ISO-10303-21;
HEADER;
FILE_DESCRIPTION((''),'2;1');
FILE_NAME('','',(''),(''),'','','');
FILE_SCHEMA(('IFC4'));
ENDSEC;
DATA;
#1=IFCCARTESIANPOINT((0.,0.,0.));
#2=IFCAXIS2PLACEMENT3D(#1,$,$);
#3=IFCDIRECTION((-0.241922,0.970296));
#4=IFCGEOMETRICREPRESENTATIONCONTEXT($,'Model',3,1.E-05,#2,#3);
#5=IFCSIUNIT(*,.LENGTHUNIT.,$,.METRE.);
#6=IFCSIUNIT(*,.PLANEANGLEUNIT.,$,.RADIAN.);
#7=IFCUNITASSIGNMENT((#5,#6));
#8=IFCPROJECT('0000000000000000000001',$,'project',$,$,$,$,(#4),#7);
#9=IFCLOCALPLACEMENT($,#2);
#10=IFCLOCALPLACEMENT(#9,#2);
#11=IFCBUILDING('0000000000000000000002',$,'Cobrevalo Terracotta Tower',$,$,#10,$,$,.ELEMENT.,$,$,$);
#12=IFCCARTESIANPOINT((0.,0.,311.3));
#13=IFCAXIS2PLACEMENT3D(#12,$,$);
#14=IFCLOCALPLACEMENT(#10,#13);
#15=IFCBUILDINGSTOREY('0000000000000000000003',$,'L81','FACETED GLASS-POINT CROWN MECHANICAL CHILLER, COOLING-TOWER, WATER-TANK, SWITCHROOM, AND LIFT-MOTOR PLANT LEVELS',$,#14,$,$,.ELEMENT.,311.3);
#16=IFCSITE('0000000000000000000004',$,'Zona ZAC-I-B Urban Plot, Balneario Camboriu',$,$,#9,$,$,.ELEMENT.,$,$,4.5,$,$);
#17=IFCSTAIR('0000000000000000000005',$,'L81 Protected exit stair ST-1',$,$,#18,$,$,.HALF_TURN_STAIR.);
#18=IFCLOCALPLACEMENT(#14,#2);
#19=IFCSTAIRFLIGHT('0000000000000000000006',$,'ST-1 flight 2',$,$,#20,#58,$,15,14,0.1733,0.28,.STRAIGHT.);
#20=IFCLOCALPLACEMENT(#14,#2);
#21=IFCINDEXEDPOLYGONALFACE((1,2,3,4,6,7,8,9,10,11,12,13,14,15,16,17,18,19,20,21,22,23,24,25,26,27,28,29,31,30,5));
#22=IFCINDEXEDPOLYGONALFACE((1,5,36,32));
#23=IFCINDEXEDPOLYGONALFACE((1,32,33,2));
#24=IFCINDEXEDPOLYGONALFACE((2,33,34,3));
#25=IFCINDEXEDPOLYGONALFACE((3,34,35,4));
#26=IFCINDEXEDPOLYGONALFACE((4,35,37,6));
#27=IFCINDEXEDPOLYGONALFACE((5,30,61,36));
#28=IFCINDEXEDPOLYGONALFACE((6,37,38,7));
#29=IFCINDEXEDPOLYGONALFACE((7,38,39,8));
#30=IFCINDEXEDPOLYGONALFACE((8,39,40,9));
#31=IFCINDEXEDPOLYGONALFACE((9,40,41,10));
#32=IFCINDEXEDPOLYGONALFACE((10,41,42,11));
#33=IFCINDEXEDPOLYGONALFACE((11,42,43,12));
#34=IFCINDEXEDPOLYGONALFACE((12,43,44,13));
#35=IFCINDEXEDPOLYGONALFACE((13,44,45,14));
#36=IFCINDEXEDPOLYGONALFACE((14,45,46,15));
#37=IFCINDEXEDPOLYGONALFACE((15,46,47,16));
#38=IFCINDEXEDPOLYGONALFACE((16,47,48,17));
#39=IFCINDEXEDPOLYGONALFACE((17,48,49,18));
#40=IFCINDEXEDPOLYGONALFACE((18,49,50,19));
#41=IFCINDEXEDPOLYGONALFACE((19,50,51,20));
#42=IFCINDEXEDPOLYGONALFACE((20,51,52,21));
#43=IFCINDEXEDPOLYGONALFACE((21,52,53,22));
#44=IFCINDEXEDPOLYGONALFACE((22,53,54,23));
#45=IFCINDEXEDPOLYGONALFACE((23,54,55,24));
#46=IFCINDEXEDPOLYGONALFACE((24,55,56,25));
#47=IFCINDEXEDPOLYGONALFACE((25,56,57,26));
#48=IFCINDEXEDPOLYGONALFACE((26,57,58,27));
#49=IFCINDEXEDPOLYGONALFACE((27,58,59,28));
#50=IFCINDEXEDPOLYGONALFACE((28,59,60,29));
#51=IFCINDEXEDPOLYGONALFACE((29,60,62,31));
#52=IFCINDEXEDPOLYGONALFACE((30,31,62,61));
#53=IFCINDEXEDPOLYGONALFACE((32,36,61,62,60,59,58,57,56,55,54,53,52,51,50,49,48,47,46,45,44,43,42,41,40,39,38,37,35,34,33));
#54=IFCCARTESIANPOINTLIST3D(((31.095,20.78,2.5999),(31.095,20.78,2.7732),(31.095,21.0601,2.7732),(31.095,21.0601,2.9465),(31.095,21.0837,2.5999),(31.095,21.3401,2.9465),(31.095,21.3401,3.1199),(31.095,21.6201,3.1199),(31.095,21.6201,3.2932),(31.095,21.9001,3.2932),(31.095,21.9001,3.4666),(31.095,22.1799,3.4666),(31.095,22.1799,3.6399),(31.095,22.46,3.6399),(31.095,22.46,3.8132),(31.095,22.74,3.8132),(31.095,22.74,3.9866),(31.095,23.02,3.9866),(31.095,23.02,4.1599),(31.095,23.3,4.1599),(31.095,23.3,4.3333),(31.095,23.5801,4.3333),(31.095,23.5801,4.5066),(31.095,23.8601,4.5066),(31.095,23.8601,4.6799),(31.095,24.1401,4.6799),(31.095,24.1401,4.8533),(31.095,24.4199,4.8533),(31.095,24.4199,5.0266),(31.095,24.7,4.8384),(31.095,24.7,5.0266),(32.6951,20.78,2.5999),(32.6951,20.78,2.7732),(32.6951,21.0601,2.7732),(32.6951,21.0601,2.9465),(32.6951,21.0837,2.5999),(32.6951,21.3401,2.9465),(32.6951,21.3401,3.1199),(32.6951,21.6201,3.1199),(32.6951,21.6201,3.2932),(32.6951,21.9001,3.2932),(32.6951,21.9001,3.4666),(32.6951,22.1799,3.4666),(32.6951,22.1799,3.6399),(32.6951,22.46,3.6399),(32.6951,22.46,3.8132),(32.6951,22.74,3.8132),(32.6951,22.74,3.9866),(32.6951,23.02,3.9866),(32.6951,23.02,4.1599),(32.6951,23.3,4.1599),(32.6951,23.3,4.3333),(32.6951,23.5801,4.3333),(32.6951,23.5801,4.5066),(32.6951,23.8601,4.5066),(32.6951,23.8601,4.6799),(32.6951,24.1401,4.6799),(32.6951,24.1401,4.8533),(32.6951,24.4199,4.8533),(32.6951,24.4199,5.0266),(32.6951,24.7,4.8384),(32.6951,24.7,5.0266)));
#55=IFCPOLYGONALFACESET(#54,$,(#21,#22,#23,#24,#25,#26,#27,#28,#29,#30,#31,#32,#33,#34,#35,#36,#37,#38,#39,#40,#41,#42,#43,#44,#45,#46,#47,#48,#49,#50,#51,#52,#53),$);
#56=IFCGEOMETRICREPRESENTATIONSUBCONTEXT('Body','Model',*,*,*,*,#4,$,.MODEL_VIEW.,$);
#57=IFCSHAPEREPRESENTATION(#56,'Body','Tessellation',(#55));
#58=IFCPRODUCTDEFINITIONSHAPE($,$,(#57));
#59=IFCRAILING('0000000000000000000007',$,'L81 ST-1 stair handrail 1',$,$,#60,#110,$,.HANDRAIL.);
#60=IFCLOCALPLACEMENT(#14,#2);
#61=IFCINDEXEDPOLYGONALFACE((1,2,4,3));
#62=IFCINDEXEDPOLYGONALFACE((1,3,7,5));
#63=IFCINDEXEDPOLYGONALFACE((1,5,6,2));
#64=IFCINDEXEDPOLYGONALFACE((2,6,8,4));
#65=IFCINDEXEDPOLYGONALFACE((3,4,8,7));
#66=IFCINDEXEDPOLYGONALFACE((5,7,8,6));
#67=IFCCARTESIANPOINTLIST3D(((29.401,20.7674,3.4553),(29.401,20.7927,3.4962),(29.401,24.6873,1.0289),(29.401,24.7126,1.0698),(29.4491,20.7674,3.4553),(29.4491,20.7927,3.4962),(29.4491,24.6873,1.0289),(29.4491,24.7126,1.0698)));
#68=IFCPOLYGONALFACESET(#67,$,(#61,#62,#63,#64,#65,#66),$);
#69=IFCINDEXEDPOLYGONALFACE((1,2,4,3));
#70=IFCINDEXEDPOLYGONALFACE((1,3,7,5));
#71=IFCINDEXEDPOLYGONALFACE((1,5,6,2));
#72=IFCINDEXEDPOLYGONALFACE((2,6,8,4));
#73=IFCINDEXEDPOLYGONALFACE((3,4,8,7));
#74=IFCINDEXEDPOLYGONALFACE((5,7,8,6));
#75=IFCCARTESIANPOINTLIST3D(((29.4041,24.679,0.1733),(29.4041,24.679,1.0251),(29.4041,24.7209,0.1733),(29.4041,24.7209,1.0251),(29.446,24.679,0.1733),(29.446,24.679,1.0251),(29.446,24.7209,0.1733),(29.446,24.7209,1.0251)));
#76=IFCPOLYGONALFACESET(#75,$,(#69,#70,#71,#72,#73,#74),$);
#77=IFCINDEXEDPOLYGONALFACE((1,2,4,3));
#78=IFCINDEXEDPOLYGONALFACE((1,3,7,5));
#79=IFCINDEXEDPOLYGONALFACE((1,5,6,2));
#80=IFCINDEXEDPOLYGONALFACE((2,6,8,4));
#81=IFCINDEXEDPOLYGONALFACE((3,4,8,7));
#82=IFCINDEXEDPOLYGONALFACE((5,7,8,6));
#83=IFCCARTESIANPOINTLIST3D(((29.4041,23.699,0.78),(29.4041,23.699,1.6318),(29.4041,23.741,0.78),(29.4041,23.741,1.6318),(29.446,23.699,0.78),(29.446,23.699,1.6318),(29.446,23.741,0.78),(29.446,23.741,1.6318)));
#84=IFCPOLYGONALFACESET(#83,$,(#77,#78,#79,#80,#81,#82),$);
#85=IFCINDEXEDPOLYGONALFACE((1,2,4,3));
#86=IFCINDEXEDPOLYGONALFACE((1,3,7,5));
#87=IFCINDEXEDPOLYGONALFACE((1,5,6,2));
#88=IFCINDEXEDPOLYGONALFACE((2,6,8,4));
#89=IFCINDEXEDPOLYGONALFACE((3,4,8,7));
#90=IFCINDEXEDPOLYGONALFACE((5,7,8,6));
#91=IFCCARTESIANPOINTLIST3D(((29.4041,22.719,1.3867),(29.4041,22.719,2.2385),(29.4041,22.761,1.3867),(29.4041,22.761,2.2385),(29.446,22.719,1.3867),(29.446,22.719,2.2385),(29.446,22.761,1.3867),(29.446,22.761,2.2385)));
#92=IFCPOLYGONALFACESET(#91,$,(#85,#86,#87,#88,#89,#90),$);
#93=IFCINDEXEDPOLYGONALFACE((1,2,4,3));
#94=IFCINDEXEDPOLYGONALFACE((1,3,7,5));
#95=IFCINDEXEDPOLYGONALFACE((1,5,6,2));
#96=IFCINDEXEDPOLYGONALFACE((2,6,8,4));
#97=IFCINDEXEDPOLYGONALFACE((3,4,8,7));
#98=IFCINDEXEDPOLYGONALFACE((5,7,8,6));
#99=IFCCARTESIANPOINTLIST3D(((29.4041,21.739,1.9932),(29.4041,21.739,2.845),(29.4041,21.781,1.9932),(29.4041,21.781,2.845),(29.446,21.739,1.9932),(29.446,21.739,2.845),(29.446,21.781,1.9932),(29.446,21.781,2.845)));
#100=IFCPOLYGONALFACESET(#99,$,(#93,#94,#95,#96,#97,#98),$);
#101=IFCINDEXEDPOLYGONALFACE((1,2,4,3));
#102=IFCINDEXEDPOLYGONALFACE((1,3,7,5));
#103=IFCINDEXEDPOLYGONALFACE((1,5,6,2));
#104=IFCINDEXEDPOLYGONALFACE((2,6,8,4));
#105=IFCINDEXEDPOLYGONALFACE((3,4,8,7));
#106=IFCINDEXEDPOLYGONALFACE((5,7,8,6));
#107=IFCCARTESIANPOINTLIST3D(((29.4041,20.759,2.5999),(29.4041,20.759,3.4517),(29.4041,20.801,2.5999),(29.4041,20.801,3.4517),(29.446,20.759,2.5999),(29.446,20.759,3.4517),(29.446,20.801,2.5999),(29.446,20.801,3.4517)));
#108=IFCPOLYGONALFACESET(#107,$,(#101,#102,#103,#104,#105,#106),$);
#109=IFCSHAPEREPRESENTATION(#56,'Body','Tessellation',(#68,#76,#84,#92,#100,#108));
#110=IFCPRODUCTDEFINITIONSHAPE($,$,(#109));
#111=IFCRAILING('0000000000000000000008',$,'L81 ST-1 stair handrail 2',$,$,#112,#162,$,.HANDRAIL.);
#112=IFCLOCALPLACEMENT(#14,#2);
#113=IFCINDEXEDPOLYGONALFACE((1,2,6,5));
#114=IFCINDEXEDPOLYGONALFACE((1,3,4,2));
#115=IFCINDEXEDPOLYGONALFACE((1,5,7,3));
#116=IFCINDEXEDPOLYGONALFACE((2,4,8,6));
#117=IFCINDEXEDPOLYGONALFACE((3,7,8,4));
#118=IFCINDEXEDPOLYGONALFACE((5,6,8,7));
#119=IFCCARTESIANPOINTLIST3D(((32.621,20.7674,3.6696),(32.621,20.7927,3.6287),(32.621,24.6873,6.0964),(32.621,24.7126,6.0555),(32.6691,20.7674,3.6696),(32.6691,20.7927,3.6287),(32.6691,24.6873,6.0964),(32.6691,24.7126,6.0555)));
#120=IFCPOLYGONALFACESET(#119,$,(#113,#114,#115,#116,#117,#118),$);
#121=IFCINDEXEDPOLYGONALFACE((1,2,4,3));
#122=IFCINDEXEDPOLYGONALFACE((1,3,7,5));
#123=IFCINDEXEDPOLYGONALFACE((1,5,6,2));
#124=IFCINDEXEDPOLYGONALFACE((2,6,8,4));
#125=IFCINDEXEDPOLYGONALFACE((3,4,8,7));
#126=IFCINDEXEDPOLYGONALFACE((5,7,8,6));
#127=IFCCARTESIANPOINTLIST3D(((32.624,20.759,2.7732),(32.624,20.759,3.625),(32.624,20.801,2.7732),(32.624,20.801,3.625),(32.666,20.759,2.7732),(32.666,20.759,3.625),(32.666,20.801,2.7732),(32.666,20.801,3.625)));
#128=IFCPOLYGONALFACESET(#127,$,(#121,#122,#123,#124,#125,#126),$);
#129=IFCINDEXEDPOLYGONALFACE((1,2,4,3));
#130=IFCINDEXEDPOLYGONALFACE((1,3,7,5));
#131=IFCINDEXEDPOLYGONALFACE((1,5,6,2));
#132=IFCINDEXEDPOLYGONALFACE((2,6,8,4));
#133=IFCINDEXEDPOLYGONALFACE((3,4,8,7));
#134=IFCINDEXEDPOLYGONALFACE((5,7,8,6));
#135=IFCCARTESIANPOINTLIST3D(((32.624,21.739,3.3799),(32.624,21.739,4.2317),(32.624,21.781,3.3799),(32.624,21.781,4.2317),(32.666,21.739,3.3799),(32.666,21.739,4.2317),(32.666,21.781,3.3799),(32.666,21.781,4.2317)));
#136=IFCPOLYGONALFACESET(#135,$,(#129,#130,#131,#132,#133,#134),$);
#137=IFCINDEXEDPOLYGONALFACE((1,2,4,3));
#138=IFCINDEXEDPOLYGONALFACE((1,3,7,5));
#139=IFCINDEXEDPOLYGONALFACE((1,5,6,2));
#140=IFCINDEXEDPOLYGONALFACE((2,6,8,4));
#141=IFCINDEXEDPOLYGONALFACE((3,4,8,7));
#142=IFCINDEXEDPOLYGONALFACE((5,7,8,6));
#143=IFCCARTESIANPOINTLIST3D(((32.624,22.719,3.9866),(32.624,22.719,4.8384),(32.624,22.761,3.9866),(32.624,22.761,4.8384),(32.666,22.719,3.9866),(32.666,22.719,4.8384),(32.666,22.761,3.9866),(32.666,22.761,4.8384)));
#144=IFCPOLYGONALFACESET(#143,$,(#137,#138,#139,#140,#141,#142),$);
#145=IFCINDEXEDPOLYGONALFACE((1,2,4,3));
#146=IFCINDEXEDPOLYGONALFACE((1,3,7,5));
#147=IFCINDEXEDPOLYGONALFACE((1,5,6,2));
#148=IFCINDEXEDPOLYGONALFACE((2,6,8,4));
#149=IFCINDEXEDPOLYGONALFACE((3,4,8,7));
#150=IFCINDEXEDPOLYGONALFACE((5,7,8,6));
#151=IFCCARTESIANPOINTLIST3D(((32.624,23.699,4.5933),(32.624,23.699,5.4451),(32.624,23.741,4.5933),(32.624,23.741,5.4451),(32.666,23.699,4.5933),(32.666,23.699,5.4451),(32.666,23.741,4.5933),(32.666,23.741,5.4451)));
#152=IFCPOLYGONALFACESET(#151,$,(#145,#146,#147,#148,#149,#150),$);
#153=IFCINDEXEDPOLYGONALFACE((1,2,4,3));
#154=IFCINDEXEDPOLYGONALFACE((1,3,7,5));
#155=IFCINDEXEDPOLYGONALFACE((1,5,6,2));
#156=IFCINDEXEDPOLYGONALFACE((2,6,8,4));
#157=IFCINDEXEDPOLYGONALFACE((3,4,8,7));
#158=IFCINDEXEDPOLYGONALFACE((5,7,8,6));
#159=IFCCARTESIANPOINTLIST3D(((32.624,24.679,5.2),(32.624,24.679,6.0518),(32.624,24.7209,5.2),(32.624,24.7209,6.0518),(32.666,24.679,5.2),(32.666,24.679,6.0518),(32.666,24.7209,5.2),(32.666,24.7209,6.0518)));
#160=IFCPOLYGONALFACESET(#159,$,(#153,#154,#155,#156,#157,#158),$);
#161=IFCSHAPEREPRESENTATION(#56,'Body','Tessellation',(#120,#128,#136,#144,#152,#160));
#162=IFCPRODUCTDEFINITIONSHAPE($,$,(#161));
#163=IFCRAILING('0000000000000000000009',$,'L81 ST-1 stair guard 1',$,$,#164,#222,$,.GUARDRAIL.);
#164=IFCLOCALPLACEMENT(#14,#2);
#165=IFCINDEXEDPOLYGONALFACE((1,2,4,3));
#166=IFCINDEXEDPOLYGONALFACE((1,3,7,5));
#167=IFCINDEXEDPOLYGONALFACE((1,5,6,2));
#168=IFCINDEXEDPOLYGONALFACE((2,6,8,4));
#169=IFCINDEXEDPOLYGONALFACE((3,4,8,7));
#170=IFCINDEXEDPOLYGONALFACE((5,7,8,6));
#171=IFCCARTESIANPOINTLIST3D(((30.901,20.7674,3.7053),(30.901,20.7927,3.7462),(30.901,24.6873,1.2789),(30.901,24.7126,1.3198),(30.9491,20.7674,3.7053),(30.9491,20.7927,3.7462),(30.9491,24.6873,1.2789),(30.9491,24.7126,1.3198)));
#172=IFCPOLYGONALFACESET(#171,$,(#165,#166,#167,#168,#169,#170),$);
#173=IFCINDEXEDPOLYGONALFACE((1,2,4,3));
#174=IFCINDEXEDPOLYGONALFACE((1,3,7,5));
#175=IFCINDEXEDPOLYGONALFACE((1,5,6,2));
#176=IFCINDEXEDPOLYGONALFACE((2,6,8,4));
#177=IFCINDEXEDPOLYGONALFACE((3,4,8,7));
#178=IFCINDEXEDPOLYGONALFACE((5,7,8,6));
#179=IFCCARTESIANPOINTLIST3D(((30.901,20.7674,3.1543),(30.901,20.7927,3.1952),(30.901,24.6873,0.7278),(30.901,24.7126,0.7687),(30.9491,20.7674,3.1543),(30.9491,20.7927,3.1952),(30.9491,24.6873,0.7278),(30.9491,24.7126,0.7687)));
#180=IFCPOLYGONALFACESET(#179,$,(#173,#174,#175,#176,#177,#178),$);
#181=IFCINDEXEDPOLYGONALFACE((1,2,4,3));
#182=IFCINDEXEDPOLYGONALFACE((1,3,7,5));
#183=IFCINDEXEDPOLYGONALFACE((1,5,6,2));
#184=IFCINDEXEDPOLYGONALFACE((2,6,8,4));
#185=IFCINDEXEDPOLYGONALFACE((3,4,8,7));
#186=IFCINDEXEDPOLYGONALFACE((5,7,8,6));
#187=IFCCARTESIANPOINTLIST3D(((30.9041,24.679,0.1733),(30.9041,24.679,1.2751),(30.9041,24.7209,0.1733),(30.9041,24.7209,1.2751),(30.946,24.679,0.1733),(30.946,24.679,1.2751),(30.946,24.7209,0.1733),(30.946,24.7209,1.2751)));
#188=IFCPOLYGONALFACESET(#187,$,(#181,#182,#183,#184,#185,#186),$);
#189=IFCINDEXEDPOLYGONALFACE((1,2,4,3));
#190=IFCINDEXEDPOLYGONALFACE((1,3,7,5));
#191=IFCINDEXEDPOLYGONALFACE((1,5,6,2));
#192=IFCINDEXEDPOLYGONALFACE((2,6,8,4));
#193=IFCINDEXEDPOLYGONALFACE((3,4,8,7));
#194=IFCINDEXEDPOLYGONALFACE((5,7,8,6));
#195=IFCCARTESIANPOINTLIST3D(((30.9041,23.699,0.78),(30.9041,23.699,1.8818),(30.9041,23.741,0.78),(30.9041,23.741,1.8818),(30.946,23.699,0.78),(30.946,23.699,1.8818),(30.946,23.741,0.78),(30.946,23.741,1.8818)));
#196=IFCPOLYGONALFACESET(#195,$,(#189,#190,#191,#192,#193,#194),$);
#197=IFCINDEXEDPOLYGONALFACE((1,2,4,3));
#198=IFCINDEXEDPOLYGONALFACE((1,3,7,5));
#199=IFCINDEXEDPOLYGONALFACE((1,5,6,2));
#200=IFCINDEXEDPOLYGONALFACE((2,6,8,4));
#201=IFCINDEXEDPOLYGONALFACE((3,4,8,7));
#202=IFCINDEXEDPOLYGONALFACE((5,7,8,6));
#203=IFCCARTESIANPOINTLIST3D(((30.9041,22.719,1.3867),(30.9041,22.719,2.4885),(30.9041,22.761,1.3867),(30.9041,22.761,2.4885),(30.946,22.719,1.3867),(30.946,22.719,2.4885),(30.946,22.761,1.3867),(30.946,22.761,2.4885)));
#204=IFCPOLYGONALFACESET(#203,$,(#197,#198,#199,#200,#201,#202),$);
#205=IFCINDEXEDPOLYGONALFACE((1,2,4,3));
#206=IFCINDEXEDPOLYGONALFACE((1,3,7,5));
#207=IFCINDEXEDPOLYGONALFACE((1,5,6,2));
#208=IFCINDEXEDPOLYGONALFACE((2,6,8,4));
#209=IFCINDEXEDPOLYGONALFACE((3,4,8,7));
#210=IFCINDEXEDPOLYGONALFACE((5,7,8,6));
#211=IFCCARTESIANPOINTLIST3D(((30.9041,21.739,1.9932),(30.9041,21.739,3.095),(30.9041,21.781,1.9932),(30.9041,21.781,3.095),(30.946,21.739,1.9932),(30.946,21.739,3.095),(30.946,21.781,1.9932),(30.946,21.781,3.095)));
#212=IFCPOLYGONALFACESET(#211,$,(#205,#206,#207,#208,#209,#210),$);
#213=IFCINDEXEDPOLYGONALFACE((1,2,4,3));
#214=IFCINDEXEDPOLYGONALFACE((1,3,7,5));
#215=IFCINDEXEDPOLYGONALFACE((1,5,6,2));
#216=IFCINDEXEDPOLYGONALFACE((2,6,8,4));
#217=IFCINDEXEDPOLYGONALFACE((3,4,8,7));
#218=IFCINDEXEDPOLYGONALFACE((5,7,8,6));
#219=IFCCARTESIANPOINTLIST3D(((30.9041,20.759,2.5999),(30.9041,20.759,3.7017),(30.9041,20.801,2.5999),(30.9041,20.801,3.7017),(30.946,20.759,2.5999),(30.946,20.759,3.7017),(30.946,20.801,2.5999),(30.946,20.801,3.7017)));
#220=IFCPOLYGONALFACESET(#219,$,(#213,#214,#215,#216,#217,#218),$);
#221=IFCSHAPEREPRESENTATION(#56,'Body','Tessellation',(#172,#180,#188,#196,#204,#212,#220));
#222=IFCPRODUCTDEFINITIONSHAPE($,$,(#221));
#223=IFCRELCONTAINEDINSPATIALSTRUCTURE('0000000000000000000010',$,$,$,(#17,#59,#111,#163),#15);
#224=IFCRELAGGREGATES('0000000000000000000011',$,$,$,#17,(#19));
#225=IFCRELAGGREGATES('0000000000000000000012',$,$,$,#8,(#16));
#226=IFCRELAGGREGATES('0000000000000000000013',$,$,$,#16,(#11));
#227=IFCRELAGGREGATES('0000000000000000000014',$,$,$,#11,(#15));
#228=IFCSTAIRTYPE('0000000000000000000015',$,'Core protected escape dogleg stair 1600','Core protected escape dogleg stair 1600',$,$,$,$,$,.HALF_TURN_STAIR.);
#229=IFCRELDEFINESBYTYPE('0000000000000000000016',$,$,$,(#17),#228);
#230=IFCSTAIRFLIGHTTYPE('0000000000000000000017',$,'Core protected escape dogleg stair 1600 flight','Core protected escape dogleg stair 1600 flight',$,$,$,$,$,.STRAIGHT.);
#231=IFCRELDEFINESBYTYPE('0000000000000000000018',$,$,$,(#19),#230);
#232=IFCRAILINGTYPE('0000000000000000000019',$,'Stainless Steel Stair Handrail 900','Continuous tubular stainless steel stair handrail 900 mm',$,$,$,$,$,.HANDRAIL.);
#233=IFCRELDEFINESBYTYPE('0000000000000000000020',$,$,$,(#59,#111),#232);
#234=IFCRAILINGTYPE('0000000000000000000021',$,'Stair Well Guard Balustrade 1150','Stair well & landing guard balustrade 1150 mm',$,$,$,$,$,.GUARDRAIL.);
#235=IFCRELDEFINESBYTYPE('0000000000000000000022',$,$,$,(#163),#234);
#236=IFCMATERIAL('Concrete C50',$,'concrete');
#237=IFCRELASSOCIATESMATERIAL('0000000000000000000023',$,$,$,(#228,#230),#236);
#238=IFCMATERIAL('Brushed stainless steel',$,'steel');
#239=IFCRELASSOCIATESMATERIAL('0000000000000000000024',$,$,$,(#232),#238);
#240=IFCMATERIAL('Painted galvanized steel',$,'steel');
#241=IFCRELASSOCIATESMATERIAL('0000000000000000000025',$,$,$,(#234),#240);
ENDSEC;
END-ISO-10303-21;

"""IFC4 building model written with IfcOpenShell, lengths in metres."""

from ifc_helpers import new_model, si_unit, direction, frame, origin, origin_2d, place, context, subcontext, project, spatial, polyline, rectangle, outline, extrude, material, type_object, element, aggregate, save


model = new_model("IFC4")

# Units and contexts
model_context = context("Model", 3, precision=1e-05, world=origin(), true_north=direction((-0.241922, 0.970296)))
body_context = subcontext(model_context, "Body", "Model", "MODEL_VIEW")
ifc_project = project(units=[si_unit("LENGTHUNIT", "METRE"), si_unit("PLANEANGLEUNIT", "RADIAN")], contexts=[model_context])

# Site, building, storey
site_placement = place(None, origin())
site = spatial("IfcSite", under=ifc_project, at=site_placement, Name="Zona ZAC-I-B Urban Plot, Balneario Camboriu", CompositionType="ELEMENT", RefElevation=4.5)
building_placement = place(site_placement, origin())
building = spatial("IfcBuilding", under=site, at=building_placement, Name="Cobrevalo Terracotta Tower", CompositionType="ELEMENT")
storey_placement = place(building_placement, frame((0.0, 0.0, 311.3)))
storey = spatial("IfcBuildingStorey", under=building, at=storey_placement, Name="L81", Description="FACETED GLASS-POINT CROWN MECHANICAL CHILLER, COOLING-TOWER, WATER-TANK, SWITCHROOM, AND LIFT-MOTOR PLANT LEVELS", CompositionType="ELEMENT", Elevation=311.3)

# Shared definitions
ifc_material_1 = material(Name="Concrete C50", Category="concrete")

# Stair, stair flight
stair_type = type_object("IfcStairType", Name="Core protected escape dogleg stair 1600", Description="Core protected escape dogleg stair 1600", PredefinedType="HALF_TURN_STAIR", material=ifc_material_1)
stair_placement = place(storey_placement, origin())
stair = element("IfcStair", 1, at=stair_placement, inside=storey, type_object=stair_type, Name="L81 Protected exit stair ST-1", PredefinedType="HALF_TURN_STAIR")
stair_flight_type = type_object("IfcStairFlightType", Name="Core protected escape dogleg stair 1600 flight", Description="Core protected escape dogleg stair 1600 flight", PredefinedType="STRAIGHT", material=ifc_material_1)
stair_flight_1_placement = place(storey_placement, frame((31.895, 20.78, 2.5999), z_axis=(0.0, 0.0, 1.0), x_axis=(0.0, 1.0, 0.0)))
stair_flight_1 = element("IfcStairFlight", 2, at=stair_flight_1_placement, type_object=stair_flight_type, Name="ST-1 flight 2", NumberOfRisers=15, NumberOfTreads=14, PredefinedType="STRAIGHT", RiserHeight=0.1733, TreadLength=0.28, context=body_context, shape_type="SweptSolid", body=[
    extrude(outline(polyline([(0.0, 0.0), (0.0, 0.1733), (0.28, 0.1733), (0.28, 0.3467), (0.5601, 0.3467), (0.5601, 0.52), (0.8401, 0.52), (0.8401, 0.6934), (1.1201, 0.6934), (1.1201, 0.8667), (1.3999, 0.8667), (1.3999, 1.04), (1.6799, 1.04), (1.6799, 1.2134), (1.96, 1.2134), (1.96, 1.3867), (2.24, 1.3867), (2.24, 1.5601), (2.52, 1.5601), (2.52, 1.7334), (2.8, 1.7334), (2.8, 1.9067), (3.0801, 1.9067), (3.0801, 2.0801), (3.3601, 2.0801), (3.3601, 2.2534), (3.6399, 2.2534), (3.6399, 2.4268), (3.9199, 2.4268), (3.9199, 2.6001), (3.9199, 2.2385), (0.3037, 0.0), (0.0, 0.0)])), frame((0.0, 0.8, 0.0), z_axis=(0.0, -1.0, 0.0), x_axis=(1.0, 0.0, 0.0)), (0.0, 0.0, 1.0), 1.6001),
])
aggregate(stair, [stair_flight_1])

# Railings
ifc_material_2 = material(Name="Brushed stainless steel", Category="steel")
railing_type_1 = type_object("IfcRailingType", Name="Stainless Steel Stair Handrail 900", Description="Continuous tubular stainless steel stair handrail 900 mm", PredefinedType="HANDRAIL", material=ifc_material_2)
railing_1_placement = place(storey_placement, frame((29.425, 24.7, 0.1733)))
element("IfcRailing", 3, at=railing_1_placement, inside=storey, type_object=railing_type_1, Name="L81 ST-1 stair handrail 1", PredefinedType="HANDRAIL", context=body_context, shape_type="SweptSolid", body=[
    extrude(rectangle(XDim=0.0481, YDim=0.0481, at=origin_2d()), frame((0.0, 0.0, 0.876), z_axis=(0.0, -0.850275, 0.526338), x_axis=(1.0, 0.0, 0.0)), (0.0, 0.0, 1.0), 4.6101),
    extrude(rectangle(XDim=0.042, YDim=0.042, at=origin_2d()), origin(), (0.0, 0.0, 1.0), 0.8518),
    extrude(rectangle(XDim=0.042, YDim=0.042, at=origin_2d()), frame((0.0, -0.98, 0.6067)), (0.0, 0.0, 1.0), 0.8518),
    extrude(rectangle(XDim=0.042, YDim=0.042, at=origin_2d()), frame((0.0, -1.96, 1.2134)), (0.0, 0.0, 1.0), 0.8518),
    extrude(rectangle(XDim=0.042, YDim=0.042, at=origin_2d()), frame((0.0, -2.9399, 1.8198)), (0.0, 0.0, 1.0), 0.8518),
    extrude(rectangle(XDim=0.042, YDim=0.042, at=origin_2d()), frame((0.0, -3.9199, 2.4265)), (0.0, 0.0, 1.0), 0.8518),
])
railing_2_placement = place(storey_placement, frame((32.645, 20.78, 2.7732)))
element("IfcRailing", 4, at=railing_2_placement, inside=storey, type_object=railing_type_1, Name="L81 ST-1 stair handrail 2", PredefinedType="HANDRAIL", context=body_context, shape_type="SweptSolid", body=[
    extrude(rectangle(XDim=0.0481, YDim=0.0481, at=origin_2d()), frame((0.0, 0.0, 0.876), z_axis=(0.0, 0.850252, 0.526376), x_axis=(-1.0, 0.0, 0.0)), (0.0, 0.0, 1.0), 4.6104),
    extrude(rectangle(XDim=0.042, YDim=0.042, at=origin_2d()), origin(), (0.0, 0.0, 1.0), 0.8518),
    extrude(rectangle(XDim=0.042, YDim=0.042, at=origin_2d()), frame((0.0, 0.98, 0.6067)), (0.0, 0.0, 1.0), 0.8518),
    extrude(rectangle(XDim=0.042, YDim=0.042, at=origin_2d()), frame((0.0, 1.96, 1.2134)), (0.0, 0.0, 1.0), 0.8518),
    extrude(rectangle(XDim=0.042, YDim=0.042, at=origin_2d()), frame((0.0, 2.9399, 1.8201)), (0.0, 0.0, 1.0), 0.8518),
    extrude(rectangle(XDim=0.042, YDim=0.042, at=origin_2d()), frame((0.0, 3.9199, 2.4268)), (0.0, 0.0, 1.0), 0.8518),
])
ifc_material_3 = material(Name="Painted galvanized steel", Category="steel")
railing_type_2 = type_object("IfcRailingType", Name="Stair Well Guard Balustrade 1150", Description="Stair well & landing guard balustrade 1150 mm", PredefinedType="GUARDRAIL", material=ifc_material_3)
railing_3_placement = place(storey_placement, frame((30.925, 24.7, 0.1733)))
element("IfcRailing", 5, at=railing_3_placement, inside=storey, type_object=railing_type_2, Name="L81 ST-1 stair guard 1", PredefinedType="GUARDRAIL", context=body_context, shape_type="SweptSolid", body=[
    extrude(rectangle(XDim=0.0481, YDim=0.0481, at=origin_2d()), frame((0.0, 0.0, 1.126), z_axis=(0.0, -0.850275, 0.526338), x_axis=(1.0, 0.0, 0.0)), (0.0, 0.0, 1.0), 4.6101),
    extrude(rectangle(XDim=0.0481, YDim=0.0481, at=origin_2d()), frame((0.0, 0.0, 0.575), z_axis=(0.0, -0.850275, 0.526338), x_axis=(1.0, 0.0, 0.0)), (0.0, 0.0, 1.0), 4.6101),
    extrude(rectangle(XDim=0.042, YDim=0.042, at=origin_2d()), origin(), (0.0, 0.0, 1.0), 1.1018),
    extrude(rectangle(XDim=0.042, YDim=0.042, at=origin_2d()), frame((0.0, -0.98, 0.6067)), (0.0, 0.0, 1.0), 1.1018),
    extrude(rectangle(XDim=0.042, YDim=0.042, at=origin_2d()), frame((0.0, -1.96, 1.2134)), (0.0, 0.0, 1.0), 1.1018),
    extrude(rectangle(XDim=0.042, YDim=0.042, at=origin_2d()), frame((0.0, -2.9399, 1.8198)), (0.0, 0.0, 1.0), 1.1018),
    extrude(rectangle(XDim=0.042, YDim=0.042, at=origin_2d()), frame((0.0, -3.9199, 2.4265)), (0.0, 0.0, 1.0), 1.1018),
])

save(model, "model.ifc")
